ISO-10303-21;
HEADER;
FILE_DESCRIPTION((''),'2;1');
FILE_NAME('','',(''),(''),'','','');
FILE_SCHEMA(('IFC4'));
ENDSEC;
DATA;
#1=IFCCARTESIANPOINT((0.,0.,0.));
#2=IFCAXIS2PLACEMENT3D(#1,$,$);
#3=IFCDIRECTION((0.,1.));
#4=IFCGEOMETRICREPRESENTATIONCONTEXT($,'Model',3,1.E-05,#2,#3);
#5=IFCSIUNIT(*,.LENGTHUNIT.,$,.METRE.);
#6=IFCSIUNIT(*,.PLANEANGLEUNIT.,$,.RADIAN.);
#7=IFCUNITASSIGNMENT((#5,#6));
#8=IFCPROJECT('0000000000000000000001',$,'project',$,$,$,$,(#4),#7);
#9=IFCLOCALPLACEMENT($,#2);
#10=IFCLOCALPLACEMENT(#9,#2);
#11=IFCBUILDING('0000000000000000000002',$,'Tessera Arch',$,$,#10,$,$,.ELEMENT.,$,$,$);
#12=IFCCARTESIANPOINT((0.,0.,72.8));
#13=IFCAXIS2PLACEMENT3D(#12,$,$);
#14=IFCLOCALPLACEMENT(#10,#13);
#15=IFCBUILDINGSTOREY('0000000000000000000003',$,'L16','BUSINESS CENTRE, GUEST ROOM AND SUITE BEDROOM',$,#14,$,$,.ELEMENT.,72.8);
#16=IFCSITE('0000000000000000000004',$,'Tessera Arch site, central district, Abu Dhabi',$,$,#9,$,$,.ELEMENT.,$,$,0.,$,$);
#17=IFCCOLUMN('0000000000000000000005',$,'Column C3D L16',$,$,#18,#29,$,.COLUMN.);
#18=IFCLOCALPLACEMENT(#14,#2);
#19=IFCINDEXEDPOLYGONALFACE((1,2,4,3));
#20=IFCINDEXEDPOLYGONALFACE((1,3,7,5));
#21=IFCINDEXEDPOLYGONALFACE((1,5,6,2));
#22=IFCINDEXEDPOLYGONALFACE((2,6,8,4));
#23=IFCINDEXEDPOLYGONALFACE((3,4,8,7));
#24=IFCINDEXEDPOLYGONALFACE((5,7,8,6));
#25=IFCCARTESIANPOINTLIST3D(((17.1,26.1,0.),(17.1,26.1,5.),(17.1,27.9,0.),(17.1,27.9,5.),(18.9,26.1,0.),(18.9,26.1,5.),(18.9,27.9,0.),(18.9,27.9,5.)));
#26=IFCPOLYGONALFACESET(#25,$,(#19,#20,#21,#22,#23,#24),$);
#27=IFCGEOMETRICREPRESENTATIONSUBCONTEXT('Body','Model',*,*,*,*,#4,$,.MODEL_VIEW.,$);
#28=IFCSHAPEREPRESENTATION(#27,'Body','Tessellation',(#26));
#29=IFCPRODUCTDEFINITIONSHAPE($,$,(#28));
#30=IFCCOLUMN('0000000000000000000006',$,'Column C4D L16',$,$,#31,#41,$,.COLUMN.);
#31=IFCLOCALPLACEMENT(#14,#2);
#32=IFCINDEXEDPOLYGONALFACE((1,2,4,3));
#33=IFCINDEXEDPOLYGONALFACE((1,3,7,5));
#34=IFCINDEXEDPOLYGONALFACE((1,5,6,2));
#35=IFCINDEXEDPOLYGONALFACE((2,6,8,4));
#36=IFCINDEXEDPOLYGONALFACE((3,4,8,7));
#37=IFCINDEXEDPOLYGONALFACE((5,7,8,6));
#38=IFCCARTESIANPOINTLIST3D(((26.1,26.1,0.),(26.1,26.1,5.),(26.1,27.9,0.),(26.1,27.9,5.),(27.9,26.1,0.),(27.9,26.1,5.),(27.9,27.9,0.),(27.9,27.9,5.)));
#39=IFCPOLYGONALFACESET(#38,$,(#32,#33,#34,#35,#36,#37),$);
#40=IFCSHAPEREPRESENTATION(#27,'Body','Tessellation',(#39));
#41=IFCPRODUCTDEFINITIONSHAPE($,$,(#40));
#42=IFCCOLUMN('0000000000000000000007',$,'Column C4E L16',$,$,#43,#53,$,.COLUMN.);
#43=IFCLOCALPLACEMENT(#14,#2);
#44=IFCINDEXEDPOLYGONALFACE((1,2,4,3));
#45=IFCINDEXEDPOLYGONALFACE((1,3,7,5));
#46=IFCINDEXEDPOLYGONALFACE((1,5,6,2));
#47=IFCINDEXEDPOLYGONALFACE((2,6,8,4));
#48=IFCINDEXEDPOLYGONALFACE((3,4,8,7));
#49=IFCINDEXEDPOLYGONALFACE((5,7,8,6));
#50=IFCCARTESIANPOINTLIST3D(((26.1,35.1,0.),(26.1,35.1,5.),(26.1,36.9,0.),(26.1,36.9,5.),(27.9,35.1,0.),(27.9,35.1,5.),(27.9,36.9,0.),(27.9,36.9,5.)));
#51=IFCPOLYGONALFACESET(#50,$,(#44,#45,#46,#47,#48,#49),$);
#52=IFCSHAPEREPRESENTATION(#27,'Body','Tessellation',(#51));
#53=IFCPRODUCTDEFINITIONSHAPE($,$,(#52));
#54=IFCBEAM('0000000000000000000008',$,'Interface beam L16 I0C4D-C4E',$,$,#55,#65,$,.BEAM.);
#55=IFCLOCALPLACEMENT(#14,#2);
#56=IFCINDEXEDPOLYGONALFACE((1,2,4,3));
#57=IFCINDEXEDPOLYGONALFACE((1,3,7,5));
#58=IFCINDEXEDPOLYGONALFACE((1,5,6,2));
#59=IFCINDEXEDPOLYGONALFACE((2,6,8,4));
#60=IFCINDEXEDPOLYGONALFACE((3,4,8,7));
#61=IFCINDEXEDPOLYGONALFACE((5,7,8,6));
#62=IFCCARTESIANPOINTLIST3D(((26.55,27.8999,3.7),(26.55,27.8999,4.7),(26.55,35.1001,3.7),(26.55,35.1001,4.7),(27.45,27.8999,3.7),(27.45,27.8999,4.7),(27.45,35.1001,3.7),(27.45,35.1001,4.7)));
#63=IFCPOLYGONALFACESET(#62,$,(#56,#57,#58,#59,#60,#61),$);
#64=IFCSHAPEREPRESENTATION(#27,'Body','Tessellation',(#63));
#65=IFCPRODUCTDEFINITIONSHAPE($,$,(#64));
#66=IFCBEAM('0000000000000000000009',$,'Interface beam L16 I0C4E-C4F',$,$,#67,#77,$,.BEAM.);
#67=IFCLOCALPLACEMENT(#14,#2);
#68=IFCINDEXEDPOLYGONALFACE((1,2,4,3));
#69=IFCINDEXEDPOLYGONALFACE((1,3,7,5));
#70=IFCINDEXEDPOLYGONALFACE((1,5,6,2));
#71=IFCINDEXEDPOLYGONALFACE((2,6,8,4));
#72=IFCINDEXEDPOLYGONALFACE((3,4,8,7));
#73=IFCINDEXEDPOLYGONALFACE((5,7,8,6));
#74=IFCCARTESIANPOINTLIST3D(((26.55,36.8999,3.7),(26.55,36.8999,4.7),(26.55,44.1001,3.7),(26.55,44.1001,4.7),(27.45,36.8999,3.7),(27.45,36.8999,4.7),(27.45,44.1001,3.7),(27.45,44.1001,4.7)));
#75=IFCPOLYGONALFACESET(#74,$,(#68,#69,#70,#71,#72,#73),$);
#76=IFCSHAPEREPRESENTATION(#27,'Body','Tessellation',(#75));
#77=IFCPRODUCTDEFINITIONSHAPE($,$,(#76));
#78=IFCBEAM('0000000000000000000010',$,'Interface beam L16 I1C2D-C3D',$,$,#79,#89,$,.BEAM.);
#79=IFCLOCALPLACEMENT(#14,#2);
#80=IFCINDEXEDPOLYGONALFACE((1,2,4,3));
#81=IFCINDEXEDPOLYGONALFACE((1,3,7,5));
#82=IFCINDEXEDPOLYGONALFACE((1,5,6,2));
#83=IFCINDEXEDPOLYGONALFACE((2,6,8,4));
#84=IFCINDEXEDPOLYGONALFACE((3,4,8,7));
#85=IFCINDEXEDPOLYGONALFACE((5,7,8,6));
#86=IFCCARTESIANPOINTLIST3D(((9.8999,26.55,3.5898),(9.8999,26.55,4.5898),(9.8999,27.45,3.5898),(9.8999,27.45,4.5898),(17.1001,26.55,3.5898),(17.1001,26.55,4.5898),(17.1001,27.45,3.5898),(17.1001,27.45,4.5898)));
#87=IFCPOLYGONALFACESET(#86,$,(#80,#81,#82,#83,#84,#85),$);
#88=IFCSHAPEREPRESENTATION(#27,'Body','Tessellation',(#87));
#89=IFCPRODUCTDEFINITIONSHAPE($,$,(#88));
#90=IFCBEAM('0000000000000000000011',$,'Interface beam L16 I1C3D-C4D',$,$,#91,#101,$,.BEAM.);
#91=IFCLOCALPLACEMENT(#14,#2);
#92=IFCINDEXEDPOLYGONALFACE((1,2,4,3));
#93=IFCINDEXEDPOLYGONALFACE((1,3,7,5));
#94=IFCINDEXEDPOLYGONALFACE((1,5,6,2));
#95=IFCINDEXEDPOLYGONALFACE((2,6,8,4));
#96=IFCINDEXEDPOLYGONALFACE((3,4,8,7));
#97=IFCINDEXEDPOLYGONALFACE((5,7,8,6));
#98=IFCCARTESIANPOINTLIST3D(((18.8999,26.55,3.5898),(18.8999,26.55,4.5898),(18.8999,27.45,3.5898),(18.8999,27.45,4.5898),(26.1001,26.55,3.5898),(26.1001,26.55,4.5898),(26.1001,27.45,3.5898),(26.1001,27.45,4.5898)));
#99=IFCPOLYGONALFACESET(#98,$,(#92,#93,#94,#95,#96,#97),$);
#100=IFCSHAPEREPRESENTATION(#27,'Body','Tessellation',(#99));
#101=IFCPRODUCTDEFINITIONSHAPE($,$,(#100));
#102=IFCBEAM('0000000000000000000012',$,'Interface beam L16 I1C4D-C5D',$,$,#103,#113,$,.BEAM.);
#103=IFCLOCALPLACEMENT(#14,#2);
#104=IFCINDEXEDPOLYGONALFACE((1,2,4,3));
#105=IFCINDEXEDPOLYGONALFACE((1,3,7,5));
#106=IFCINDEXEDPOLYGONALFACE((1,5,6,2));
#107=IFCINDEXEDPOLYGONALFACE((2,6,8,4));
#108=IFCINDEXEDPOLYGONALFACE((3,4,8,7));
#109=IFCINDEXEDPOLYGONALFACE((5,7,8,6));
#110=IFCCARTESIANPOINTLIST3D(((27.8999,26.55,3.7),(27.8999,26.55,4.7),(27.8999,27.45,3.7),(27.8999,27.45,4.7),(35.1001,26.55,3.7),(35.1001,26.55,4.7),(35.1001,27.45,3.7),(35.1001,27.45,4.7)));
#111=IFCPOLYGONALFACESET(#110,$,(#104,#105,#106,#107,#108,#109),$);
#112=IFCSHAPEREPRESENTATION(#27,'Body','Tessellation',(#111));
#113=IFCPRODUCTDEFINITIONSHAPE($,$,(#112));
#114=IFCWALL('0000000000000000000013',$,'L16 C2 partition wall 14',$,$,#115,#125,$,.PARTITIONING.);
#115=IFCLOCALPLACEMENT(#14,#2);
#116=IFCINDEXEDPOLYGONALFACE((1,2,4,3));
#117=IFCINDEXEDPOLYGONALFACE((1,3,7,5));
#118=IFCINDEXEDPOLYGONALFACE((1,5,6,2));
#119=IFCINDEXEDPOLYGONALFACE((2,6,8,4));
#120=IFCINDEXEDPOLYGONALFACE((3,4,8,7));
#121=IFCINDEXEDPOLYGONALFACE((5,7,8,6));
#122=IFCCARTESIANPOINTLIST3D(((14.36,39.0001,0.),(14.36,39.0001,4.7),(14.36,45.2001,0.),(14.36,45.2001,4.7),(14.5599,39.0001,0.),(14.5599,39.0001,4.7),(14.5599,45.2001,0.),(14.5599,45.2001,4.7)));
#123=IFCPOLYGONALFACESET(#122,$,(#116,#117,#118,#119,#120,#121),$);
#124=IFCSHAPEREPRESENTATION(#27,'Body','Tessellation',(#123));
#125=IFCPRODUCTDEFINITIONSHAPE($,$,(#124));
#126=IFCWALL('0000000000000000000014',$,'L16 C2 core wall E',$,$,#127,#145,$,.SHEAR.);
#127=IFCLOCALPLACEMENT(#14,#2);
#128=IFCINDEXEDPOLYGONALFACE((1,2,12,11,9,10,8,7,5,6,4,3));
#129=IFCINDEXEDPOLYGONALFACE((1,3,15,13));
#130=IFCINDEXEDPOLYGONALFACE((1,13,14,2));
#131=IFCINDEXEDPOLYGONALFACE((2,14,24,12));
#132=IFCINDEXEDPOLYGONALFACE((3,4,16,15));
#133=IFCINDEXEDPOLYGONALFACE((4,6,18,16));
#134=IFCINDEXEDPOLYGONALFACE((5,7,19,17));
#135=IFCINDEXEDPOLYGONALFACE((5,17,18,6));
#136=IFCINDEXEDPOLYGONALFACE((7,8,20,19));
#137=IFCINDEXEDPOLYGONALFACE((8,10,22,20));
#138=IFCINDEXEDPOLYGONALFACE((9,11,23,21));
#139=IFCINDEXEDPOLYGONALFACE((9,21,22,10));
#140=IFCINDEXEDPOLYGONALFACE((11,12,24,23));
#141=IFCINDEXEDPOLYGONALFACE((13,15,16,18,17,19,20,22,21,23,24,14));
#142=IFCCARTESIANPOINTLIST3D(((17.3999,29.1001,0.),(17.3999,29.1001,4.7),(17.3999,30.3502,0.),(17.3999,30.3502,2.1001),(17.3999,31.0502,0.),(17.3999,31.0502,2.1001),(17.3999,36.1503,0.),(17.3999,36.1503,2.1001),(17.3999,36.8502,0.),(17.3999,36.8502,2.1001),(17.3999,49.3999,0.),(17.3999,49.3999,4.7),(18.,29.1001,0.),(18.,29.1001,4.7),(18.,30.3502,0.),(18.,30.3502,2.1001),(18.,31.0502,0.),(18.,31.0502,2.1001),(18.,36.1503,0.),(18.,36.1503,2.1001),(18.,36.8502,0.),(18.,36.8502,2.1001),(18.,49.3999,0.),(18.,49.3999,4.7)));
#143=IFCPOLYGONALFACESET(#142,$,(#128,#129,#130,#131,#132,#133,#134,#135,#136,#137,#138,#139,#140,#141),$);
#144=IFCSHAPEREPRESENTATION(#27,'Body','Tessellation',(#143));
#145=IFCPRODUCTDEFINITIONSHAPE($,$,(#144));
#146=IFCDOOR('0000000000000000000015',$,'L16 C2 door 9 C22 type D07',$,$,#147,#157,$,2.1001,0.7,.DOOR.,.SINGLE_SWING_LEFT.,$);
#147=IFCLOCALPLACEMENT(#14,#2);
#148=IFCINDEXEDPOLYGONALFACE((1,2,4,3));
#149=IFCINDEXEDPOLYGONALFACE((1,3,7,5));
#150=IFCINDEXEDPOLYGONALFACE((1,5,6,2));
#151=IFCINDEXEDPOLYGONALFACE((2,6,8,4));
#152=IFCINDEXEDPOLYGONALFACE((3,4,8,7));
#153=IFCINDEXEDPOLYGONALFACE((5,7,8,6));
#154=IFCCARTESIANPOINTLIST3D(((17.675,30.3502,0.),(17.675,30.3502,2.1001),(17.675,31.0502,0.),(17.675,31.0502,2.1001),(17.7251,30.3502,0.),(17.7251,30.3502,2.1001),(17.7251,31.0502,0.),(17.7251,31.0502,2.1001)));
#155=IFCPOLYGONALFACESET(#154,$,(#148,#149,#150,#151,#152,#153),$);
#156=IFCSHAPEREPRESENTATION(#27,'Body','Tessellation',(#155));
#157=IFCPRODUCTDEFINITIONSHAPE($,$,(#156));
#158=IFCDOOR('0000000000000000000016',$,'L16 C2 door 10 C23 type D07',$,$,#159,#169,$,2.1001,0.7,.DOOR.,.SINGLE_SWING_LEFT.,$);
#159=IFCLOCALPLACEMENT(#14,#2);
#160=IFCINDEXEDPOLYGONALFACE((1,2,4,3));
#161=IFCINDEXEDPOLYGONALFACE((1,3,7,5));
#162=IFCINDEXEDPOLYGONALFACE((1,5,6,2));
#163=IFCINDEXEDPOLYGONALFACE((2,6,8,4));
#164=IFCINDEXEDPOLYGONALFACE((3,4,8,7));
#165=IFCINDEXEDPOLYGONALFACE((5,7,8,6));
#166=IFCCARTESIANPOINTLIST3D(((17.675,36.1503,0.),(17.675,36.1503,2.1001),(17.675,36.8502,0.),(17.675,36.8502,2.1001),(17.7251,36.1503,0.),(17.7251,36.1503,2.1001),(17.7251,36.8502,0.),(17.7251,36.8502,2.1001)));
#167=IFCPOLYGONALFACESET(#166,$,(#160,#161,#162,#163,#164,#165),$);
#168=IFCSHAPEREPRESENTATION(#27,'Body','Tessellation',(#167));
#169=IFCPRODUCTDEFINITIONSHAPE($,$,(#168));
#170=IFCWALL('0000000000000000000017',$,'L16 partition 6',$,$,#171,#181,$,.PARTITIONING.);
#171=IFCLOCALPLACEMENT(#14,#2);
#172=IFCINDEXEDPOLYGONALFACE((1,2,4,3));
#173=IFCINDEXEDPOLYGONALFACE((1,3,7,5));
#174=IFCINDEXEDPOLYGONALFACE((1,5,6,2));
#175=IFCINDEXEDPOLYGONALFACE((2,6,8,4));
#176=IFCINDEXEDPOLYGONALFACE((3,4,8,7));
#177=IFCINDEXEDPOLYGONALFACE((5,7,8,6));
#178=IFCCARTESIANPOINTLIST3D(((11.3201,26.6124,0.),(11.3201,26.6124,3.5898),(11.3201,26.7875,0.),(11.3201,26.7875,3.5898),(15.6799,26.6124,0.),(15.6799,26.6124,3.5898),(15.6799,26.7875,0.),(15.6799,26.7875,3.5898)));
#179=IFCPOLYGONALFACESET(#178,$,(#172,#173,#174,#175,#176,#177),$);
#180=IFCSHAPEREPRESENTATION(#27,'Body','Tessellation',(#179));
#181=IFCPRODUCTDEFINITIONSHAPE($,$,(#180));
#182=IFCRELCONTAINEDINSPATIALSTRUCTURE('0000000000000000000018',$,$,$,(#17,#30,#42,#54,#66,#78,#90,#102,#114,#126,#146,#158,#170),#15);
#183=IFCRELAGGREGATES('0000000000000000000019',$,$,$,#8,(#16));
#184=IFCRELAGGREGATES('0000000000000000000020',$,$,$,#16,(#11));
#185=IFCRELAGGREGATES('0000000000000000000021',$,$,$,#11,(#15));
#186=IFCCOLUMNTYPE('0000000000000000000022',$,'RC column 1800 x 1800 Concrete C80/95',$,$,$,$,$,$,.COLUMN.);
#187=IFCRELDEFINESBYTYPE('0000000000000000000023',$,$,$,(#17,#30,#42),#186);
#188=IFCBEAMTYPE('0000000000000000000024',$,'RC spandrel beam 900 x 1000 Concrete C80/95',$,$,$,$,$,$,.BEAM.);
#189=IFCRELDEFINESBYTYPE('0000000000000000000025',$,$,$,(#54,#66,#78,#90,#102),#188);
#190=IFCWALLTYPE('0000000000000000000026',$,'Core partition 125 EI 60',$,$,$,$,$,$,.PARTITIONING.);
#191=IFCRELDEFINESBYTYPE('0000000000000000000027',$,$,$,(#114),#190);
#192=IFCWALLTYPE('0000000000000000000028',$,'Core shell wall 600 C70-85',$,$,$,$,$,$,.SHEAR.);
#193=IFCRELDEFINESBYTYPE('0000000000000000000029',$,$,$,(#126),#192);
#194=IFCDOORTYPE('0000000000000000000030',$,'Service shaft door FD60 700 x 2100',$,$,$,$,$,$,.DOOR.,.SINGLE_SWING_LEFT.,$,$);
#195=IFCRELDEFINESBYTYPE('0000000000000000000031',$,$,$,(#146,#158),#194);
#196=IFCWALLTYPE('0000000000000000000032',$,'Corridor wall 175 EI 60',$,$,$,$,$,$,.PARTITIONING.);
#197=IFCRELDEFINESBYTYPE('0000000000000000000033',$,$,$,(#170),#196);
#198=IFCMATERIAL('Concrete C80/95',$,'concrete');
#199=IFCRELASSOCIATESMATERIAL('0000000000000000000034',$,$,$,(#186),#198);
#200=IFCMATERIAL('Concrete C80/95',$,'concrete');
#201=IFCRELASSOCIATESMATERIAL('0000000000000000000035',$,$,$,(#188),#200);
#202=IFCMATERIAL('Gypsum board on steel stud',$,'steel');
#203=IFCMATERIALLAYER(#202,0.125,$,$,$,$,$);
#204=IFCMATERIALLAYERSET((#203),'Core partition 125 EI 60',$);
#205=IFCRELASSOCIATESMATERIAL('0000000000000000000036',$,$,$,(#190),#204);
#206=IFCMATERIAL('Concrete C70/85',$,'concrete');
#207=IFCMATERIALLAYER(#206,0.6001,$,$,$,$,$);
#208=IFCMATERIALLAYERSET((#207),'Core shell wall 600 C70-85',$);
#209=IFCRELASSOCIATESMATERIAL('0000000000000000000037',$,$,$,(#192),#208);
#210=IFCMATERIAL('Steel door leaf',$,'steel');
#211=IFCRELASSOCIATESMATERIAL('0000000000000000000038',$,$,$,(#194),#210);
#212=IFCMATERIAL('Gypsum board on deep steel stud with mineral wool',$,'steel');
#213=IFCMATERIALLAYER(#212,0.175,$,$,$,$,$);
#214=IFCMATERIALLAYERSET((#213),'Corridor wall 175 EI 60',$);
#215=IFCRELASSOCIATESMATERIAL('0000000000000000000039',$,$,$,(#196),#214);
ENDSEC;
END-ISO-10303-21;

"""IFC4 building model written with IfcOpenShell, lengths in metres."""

from ifc_helpers import new_model, si_unit, direction, frame, frame_2d, origin, origin_2d, place, context, subcontext, project, spatial, rectangle, extrude, material, layer, layer_set, material_profile, profile_set, type_object, element, fill, save


model = new_model("IFC4")

# Units and contexts
model_context = context("Model", 3, precision=1e-05, world=origin(), true_north=direction((0.0, 1.0)))
body_context = subcontext(model_context, "Body", "Model", "MODEL_VIEW")
ifc_project = project(units=[si_unit("LENGTHUNIT", "METRE"), si_unit("PLANEANGLEUNIT", "RADIAN")], contexts=[model_context])

# Site, building, storey
site_placement = place(None, origin())
site = spatial("IfcSite", under=ifc_project, at=site_placement, Name="Tessera Arch site, central district, Abu Dhabi", CompositionType="ELEMENT", RefElevation=0.0)
building_placement = place(site_placement, origin())
building = spatial("IfcBuilding", under=site, at=building_placement, Name="Tessera Arch", CompositionType="ELEMENT")
storey_placement = place(building_placement, frame((0.0, 0.0, 72.8)))
storey = spatial("IfcBuildingStorey", under=building, at=storey_placement, Name="L16", Description="BUSINESS CENTRE, GUEST ROOM AND SUITE BEDROOM", CompositionType="ELEMENT", Elevation=72.8)

# Columns
ifc_material_1 = material(Name="Concrete C80/95", Category="concrete")
ifc_material_profile_1 = material_profile(ifc_material_1, rectangle(XDim=1.8, YDim=1.8, at=origin_2d()), Name="RC column 1800 x 1800 Concrete C80/95")
ifc_profile_set_1 = profile_set([ifc_material_profile_1], Name="Concrete C80/95")
column_type = type_object("IfcColumnType", Name="RC column 1800 x 1800 Concrete C80/95", PredefinedType="COLUMN", material=ifc_profile_set_1)
for number, where, z_axis, x_axis, name in (
    (1, (18.0, 27.0, 0.0), (0.0, 0.0, 1.0), (1.0, 0.0, 0.0), "Column C3D L16"),
    (2, (27.0, 27.0, 0.0), (0.0, 0.0, 1.0), (1.0, 0.0, 0.0), "Column C4D L16"),
    (3, (27.0, 36.0, 0.0), (0.0, 0.0, 1.0), (1.0, 0.0, 0.0), "Column C4E L16"),
):
    element("IfcColumn", number, at=place(storey_placement, frame(where, z_axis=z_axis, x_axis=x_axis)), inside=storey, type_object=column_type, Name=name, PredefinedType="COLUMN", context=body_context, shape_type="SweptSolid", body=[
        extrude(rectangle(XDim=1.8, YDim=1.8, at=origin_2d()), origin(), (0.0, 0.0, 1.0), 5.0),
    ])

# Beams
ifc_material_2 = material(Name="Concrete C80/95", Category="concrete")
ifc_material_profile_2 = material_profile(ifc_material_2, rectangle(XDim=0.8999, YDim=1.0, at=origin_2d()), Name="RC spandrel beam 900 x 1000 Concrete C80/95")
ifc_profile_set_2 = profile_set([ifc_material_profile_2], Name="Concrete C80/95")
beam_type = type_object("IfcBeamType", Name="RC spandrel beam 900 x 1000 Concrete C80/95", PredefinedType="BEAM", material=ifc_profile_set_2)
for number, where, z_axis, x_axis, name in (
    (4, (27.0, 27.8999, 4.2), (0.0, 1.0, 0.0), (-1.0, 0.0, 0.0), "Interface beam L16 I0C4D-C4E"),
    (5, (27.0, 36.8999, 4.2), (0.0, 1.0, 0.0), (-1.0, 0.0, 0.0), "Interface beam L16 I0C4E-C4F"),
    (6, (9.8999, 27.0, 4.0898), (1.0, 0.0, 0.0), (0.0, 1.0, 0.0), "Interface beam L16 I1C2D-C3D"),
    (7, (18.8999, 27.0, 4.0898), (1.0, 0.0, 0.0), (0.0, 1.0, 0.0), "Interface beam L16 I1C3D-C4D"),
    (8, (27.8999, 27.0, 4.2), (1.0, 0.0, 0.0), (0.0, 1.0, 0.0), "Interface beam L16 I1C4D-C5D"),
):
    element("IfcBeam", number, at=place(storey_placement, frame(where, z_axis=z_axis, x_axis=x_axis)), inside=storey, type_object=beam_type, Name=name, PredefinedType="BEAM", context=body_context, shape_type="SweptSolid", body=[
        extrude(rectangle(XDim=0.8999, YDim=1.0, at=origin_2d()), origin(), (0.0, 0.0, 1.0), 7.2002),
    ])

# Wall
ifc_material_3 = material(Name="Gypsum board on steel stud", Category="steel")
ifc_layer_1 = layer(ifc_material_3, 0.125)
ifc_layer_set_1 = layer_set([ifc_layer_1], Name="Core partition 125 EI 60")
wall_type_1 = type_object("IfcWallType", Name="Core partition 125 EI 60", PredefinedType="PARTITIONING", material=ifc_layer_set_1)
wall_1_placement = place(storey_placement, frame((14.46, 39.0, 0.0), z_axis=(0.0, 0.0, 1.0), x_axis=(0.0, 1.0, 0.0)))
element("IfcWall", 9, at=wall_1_placement, inside=storey, type_object=wall_type_1, Name="L16 C2 partition wall 14", PredefinedType="PARTITIONING", context=body_context, shape_type="SweptSolid", body=[
    extrude(rectangle(XDim=6.2, YDim=0.2, at=frame_2d((3.1001, 0.0))), origin(), (0.0, 0.0, 1.0), 4.7),
])

# Wall, openings, doors
ifc_material_4 = material(Name="Concrete C70/85", Category="concrete")
ifc_layer_2 = layer(ifc_material_4, 0.6001)
ifc_layer_set_2 = layer_set([ifc_layer_2], Name="Core shell wall 600 C70-85")
wall_type_2 = type_object("IfcWallType", Name="Core shell wall 600 C70-85", PredefinedType="SHEAR", material=ifc_layer_set_2)
wall_2_placement = place(storey_placement, frame((17.7, 29.1001, 0.0), z_axis=(0.0, 0.0, 1.0), x_axis=(0.0, 1.0, 0.0)))
wall_2 = element("IfcWall", 10, at=wall_2_placement, inside=storey, type_object=wall_type_2, Name="L16 C2 core wall E", PredefinedType="SHEAR", context=body_context, shape_type="SweptSolid", body=[
    extrude(rectangle(XDim=20.2998, YDim=0.6001, at=frame_2d((10.1499, 0.0))), origin(), (0.0, 0.0, 1.0), 4.7),
])
opening_1_placement = place(wall_2_placement, frame((1.25, 0.0, 0.0)))
opening_1 = element("IfcOpeningElement", 11, at=opening_1_placement, cuts=wall_2, PredefinedType="OPENING", context=body_context, shape_type="SweptSolid", body=[
    extrude(rectangle(XDim=0.7, YDim=2.1001, at=frame_2d((0.3501, 1.05))), frame((0.0, 0.3101, 0.0), z_axis=(0.0, -1.0, 0.0), x_axis=(1.0, 0.0, 0.0)), (0.0, 0.0, 1.0), 0.6201),
])
opening_2_placement = place(wall_2_placement, frame((7.05, 0.0, 0.0)))
opening_2 = element("IfcOpeningElement", 12, at=opening_2_placement, cuts=wall_2, PredefinedType="OPENING", context=body_context, shape_type="SweptSolid", body=[
    extrude(rectangle(XDim=0.7, YDim=2.1001, at=frame_2d((0.3501, 1.05))), frame((0.0, 0.3101, 0.0), z_axis=(0.0, -1.0, 0.0), x_axis=(1.0, 0.0, 0.0)), (0.0, 0.0, 1.0), 0.6201),
])
ifc_material_5 = material(Name="Steel door leaf", Category="steel")
door_type_1 = type_object("IfcDoorType", Name="Service shaft door FD60 700 x 2100", OperationType="SINGLE_SWING_LEFT", PredefinedType="DOOR", material=ifc_material_5)
door_1_placement = place(opening_1_placement, origin())
door_1 = element("IfcDoor", 13, at=door_1_placement, inside=storey, type_object=door_type_1, Name="L16 C2 door 9 C22 type D07", OperationType="SINGLE_SWING_LEFT", OverallHeight=2.1001, OverallWidth=0.7, PredefinedType="DOOR", context=body_context, shape_type="SweptSolid", body=[
    extrude(rectangle(XDim=0.7, YDim=2.1001, at=frame_2d((0.3501, 1.05))), frame((0.0, 0.0249, 0.0), z_axis=(0.0, -1.0, 0.0), x_axis=(1.0, 0.0, 0.0)), (0.0, 0.0, 1.0), 0.05),
])
fill(opening_1, door_1)
door_2_placement = place(opening_2_placement, origin())
door_2 = element("IfcDoor", 14, at=door_2_placement, inside=storey, type_object=door_type_1, Name="L16 C2 door 10 C23 type D07", OperationType="SINGLE_SWING_LEFT", OverallHeight=2.1001, OverallWidth=0.7, PredefinedType="DOOR", context=body_context, shape_type="SweptSolid", body=[
    extrude(rectangle(XDim=0.7, YDim=2.1001, at=frame_2d((0.3501, 1.05))), frame((0.0, 0.0249, 0.0), z_axis=(0.0, -1.0, 0.0), x_axis=(1.0, 0.0, 0.0)), (0.0, 0.0, 1.0), 0.05),
])
fill(opening_2, door_2)

# Wall
ifc_material_6 = material(Name="Gypsum board on deep steel stud with mineral wool", Category="steel")
ifc_layer_3 = layer(ifc_material_6, 0.175)
ifc_layer_set_3 = layer_set([ifc_layer_3], Name="Corridor wall 175 EI 60")
wall_type_3 = type_object("IfcWallType", Name="Corridor wall 175 EI 60", PredefinedType="PARTITIONING", material=ifc_layer_set_3)
wall_3_placement = place(storey_placement, frame((11.3201, 26.7, 0.0), z_axis=(0.0, 0.0, 1.0), x_axis=(1.0, 0.0, 0.0)))
element("IfcWall", 15, at=wall_3_placement, inside=storey, type_object=wall_type_3, Name="L16 partition 6", PredefinedType="PARTITIONING", context=body_context, shape_type="SweptSolid", body=[
    extrude(rectangle(XDim=4.3599, YDim=0.175, at=frame_2d((2.1799, 0.0))), origin(), (0.0, 0.0, 1.0), 3.5898),
])

save(model, "model.ifc")
